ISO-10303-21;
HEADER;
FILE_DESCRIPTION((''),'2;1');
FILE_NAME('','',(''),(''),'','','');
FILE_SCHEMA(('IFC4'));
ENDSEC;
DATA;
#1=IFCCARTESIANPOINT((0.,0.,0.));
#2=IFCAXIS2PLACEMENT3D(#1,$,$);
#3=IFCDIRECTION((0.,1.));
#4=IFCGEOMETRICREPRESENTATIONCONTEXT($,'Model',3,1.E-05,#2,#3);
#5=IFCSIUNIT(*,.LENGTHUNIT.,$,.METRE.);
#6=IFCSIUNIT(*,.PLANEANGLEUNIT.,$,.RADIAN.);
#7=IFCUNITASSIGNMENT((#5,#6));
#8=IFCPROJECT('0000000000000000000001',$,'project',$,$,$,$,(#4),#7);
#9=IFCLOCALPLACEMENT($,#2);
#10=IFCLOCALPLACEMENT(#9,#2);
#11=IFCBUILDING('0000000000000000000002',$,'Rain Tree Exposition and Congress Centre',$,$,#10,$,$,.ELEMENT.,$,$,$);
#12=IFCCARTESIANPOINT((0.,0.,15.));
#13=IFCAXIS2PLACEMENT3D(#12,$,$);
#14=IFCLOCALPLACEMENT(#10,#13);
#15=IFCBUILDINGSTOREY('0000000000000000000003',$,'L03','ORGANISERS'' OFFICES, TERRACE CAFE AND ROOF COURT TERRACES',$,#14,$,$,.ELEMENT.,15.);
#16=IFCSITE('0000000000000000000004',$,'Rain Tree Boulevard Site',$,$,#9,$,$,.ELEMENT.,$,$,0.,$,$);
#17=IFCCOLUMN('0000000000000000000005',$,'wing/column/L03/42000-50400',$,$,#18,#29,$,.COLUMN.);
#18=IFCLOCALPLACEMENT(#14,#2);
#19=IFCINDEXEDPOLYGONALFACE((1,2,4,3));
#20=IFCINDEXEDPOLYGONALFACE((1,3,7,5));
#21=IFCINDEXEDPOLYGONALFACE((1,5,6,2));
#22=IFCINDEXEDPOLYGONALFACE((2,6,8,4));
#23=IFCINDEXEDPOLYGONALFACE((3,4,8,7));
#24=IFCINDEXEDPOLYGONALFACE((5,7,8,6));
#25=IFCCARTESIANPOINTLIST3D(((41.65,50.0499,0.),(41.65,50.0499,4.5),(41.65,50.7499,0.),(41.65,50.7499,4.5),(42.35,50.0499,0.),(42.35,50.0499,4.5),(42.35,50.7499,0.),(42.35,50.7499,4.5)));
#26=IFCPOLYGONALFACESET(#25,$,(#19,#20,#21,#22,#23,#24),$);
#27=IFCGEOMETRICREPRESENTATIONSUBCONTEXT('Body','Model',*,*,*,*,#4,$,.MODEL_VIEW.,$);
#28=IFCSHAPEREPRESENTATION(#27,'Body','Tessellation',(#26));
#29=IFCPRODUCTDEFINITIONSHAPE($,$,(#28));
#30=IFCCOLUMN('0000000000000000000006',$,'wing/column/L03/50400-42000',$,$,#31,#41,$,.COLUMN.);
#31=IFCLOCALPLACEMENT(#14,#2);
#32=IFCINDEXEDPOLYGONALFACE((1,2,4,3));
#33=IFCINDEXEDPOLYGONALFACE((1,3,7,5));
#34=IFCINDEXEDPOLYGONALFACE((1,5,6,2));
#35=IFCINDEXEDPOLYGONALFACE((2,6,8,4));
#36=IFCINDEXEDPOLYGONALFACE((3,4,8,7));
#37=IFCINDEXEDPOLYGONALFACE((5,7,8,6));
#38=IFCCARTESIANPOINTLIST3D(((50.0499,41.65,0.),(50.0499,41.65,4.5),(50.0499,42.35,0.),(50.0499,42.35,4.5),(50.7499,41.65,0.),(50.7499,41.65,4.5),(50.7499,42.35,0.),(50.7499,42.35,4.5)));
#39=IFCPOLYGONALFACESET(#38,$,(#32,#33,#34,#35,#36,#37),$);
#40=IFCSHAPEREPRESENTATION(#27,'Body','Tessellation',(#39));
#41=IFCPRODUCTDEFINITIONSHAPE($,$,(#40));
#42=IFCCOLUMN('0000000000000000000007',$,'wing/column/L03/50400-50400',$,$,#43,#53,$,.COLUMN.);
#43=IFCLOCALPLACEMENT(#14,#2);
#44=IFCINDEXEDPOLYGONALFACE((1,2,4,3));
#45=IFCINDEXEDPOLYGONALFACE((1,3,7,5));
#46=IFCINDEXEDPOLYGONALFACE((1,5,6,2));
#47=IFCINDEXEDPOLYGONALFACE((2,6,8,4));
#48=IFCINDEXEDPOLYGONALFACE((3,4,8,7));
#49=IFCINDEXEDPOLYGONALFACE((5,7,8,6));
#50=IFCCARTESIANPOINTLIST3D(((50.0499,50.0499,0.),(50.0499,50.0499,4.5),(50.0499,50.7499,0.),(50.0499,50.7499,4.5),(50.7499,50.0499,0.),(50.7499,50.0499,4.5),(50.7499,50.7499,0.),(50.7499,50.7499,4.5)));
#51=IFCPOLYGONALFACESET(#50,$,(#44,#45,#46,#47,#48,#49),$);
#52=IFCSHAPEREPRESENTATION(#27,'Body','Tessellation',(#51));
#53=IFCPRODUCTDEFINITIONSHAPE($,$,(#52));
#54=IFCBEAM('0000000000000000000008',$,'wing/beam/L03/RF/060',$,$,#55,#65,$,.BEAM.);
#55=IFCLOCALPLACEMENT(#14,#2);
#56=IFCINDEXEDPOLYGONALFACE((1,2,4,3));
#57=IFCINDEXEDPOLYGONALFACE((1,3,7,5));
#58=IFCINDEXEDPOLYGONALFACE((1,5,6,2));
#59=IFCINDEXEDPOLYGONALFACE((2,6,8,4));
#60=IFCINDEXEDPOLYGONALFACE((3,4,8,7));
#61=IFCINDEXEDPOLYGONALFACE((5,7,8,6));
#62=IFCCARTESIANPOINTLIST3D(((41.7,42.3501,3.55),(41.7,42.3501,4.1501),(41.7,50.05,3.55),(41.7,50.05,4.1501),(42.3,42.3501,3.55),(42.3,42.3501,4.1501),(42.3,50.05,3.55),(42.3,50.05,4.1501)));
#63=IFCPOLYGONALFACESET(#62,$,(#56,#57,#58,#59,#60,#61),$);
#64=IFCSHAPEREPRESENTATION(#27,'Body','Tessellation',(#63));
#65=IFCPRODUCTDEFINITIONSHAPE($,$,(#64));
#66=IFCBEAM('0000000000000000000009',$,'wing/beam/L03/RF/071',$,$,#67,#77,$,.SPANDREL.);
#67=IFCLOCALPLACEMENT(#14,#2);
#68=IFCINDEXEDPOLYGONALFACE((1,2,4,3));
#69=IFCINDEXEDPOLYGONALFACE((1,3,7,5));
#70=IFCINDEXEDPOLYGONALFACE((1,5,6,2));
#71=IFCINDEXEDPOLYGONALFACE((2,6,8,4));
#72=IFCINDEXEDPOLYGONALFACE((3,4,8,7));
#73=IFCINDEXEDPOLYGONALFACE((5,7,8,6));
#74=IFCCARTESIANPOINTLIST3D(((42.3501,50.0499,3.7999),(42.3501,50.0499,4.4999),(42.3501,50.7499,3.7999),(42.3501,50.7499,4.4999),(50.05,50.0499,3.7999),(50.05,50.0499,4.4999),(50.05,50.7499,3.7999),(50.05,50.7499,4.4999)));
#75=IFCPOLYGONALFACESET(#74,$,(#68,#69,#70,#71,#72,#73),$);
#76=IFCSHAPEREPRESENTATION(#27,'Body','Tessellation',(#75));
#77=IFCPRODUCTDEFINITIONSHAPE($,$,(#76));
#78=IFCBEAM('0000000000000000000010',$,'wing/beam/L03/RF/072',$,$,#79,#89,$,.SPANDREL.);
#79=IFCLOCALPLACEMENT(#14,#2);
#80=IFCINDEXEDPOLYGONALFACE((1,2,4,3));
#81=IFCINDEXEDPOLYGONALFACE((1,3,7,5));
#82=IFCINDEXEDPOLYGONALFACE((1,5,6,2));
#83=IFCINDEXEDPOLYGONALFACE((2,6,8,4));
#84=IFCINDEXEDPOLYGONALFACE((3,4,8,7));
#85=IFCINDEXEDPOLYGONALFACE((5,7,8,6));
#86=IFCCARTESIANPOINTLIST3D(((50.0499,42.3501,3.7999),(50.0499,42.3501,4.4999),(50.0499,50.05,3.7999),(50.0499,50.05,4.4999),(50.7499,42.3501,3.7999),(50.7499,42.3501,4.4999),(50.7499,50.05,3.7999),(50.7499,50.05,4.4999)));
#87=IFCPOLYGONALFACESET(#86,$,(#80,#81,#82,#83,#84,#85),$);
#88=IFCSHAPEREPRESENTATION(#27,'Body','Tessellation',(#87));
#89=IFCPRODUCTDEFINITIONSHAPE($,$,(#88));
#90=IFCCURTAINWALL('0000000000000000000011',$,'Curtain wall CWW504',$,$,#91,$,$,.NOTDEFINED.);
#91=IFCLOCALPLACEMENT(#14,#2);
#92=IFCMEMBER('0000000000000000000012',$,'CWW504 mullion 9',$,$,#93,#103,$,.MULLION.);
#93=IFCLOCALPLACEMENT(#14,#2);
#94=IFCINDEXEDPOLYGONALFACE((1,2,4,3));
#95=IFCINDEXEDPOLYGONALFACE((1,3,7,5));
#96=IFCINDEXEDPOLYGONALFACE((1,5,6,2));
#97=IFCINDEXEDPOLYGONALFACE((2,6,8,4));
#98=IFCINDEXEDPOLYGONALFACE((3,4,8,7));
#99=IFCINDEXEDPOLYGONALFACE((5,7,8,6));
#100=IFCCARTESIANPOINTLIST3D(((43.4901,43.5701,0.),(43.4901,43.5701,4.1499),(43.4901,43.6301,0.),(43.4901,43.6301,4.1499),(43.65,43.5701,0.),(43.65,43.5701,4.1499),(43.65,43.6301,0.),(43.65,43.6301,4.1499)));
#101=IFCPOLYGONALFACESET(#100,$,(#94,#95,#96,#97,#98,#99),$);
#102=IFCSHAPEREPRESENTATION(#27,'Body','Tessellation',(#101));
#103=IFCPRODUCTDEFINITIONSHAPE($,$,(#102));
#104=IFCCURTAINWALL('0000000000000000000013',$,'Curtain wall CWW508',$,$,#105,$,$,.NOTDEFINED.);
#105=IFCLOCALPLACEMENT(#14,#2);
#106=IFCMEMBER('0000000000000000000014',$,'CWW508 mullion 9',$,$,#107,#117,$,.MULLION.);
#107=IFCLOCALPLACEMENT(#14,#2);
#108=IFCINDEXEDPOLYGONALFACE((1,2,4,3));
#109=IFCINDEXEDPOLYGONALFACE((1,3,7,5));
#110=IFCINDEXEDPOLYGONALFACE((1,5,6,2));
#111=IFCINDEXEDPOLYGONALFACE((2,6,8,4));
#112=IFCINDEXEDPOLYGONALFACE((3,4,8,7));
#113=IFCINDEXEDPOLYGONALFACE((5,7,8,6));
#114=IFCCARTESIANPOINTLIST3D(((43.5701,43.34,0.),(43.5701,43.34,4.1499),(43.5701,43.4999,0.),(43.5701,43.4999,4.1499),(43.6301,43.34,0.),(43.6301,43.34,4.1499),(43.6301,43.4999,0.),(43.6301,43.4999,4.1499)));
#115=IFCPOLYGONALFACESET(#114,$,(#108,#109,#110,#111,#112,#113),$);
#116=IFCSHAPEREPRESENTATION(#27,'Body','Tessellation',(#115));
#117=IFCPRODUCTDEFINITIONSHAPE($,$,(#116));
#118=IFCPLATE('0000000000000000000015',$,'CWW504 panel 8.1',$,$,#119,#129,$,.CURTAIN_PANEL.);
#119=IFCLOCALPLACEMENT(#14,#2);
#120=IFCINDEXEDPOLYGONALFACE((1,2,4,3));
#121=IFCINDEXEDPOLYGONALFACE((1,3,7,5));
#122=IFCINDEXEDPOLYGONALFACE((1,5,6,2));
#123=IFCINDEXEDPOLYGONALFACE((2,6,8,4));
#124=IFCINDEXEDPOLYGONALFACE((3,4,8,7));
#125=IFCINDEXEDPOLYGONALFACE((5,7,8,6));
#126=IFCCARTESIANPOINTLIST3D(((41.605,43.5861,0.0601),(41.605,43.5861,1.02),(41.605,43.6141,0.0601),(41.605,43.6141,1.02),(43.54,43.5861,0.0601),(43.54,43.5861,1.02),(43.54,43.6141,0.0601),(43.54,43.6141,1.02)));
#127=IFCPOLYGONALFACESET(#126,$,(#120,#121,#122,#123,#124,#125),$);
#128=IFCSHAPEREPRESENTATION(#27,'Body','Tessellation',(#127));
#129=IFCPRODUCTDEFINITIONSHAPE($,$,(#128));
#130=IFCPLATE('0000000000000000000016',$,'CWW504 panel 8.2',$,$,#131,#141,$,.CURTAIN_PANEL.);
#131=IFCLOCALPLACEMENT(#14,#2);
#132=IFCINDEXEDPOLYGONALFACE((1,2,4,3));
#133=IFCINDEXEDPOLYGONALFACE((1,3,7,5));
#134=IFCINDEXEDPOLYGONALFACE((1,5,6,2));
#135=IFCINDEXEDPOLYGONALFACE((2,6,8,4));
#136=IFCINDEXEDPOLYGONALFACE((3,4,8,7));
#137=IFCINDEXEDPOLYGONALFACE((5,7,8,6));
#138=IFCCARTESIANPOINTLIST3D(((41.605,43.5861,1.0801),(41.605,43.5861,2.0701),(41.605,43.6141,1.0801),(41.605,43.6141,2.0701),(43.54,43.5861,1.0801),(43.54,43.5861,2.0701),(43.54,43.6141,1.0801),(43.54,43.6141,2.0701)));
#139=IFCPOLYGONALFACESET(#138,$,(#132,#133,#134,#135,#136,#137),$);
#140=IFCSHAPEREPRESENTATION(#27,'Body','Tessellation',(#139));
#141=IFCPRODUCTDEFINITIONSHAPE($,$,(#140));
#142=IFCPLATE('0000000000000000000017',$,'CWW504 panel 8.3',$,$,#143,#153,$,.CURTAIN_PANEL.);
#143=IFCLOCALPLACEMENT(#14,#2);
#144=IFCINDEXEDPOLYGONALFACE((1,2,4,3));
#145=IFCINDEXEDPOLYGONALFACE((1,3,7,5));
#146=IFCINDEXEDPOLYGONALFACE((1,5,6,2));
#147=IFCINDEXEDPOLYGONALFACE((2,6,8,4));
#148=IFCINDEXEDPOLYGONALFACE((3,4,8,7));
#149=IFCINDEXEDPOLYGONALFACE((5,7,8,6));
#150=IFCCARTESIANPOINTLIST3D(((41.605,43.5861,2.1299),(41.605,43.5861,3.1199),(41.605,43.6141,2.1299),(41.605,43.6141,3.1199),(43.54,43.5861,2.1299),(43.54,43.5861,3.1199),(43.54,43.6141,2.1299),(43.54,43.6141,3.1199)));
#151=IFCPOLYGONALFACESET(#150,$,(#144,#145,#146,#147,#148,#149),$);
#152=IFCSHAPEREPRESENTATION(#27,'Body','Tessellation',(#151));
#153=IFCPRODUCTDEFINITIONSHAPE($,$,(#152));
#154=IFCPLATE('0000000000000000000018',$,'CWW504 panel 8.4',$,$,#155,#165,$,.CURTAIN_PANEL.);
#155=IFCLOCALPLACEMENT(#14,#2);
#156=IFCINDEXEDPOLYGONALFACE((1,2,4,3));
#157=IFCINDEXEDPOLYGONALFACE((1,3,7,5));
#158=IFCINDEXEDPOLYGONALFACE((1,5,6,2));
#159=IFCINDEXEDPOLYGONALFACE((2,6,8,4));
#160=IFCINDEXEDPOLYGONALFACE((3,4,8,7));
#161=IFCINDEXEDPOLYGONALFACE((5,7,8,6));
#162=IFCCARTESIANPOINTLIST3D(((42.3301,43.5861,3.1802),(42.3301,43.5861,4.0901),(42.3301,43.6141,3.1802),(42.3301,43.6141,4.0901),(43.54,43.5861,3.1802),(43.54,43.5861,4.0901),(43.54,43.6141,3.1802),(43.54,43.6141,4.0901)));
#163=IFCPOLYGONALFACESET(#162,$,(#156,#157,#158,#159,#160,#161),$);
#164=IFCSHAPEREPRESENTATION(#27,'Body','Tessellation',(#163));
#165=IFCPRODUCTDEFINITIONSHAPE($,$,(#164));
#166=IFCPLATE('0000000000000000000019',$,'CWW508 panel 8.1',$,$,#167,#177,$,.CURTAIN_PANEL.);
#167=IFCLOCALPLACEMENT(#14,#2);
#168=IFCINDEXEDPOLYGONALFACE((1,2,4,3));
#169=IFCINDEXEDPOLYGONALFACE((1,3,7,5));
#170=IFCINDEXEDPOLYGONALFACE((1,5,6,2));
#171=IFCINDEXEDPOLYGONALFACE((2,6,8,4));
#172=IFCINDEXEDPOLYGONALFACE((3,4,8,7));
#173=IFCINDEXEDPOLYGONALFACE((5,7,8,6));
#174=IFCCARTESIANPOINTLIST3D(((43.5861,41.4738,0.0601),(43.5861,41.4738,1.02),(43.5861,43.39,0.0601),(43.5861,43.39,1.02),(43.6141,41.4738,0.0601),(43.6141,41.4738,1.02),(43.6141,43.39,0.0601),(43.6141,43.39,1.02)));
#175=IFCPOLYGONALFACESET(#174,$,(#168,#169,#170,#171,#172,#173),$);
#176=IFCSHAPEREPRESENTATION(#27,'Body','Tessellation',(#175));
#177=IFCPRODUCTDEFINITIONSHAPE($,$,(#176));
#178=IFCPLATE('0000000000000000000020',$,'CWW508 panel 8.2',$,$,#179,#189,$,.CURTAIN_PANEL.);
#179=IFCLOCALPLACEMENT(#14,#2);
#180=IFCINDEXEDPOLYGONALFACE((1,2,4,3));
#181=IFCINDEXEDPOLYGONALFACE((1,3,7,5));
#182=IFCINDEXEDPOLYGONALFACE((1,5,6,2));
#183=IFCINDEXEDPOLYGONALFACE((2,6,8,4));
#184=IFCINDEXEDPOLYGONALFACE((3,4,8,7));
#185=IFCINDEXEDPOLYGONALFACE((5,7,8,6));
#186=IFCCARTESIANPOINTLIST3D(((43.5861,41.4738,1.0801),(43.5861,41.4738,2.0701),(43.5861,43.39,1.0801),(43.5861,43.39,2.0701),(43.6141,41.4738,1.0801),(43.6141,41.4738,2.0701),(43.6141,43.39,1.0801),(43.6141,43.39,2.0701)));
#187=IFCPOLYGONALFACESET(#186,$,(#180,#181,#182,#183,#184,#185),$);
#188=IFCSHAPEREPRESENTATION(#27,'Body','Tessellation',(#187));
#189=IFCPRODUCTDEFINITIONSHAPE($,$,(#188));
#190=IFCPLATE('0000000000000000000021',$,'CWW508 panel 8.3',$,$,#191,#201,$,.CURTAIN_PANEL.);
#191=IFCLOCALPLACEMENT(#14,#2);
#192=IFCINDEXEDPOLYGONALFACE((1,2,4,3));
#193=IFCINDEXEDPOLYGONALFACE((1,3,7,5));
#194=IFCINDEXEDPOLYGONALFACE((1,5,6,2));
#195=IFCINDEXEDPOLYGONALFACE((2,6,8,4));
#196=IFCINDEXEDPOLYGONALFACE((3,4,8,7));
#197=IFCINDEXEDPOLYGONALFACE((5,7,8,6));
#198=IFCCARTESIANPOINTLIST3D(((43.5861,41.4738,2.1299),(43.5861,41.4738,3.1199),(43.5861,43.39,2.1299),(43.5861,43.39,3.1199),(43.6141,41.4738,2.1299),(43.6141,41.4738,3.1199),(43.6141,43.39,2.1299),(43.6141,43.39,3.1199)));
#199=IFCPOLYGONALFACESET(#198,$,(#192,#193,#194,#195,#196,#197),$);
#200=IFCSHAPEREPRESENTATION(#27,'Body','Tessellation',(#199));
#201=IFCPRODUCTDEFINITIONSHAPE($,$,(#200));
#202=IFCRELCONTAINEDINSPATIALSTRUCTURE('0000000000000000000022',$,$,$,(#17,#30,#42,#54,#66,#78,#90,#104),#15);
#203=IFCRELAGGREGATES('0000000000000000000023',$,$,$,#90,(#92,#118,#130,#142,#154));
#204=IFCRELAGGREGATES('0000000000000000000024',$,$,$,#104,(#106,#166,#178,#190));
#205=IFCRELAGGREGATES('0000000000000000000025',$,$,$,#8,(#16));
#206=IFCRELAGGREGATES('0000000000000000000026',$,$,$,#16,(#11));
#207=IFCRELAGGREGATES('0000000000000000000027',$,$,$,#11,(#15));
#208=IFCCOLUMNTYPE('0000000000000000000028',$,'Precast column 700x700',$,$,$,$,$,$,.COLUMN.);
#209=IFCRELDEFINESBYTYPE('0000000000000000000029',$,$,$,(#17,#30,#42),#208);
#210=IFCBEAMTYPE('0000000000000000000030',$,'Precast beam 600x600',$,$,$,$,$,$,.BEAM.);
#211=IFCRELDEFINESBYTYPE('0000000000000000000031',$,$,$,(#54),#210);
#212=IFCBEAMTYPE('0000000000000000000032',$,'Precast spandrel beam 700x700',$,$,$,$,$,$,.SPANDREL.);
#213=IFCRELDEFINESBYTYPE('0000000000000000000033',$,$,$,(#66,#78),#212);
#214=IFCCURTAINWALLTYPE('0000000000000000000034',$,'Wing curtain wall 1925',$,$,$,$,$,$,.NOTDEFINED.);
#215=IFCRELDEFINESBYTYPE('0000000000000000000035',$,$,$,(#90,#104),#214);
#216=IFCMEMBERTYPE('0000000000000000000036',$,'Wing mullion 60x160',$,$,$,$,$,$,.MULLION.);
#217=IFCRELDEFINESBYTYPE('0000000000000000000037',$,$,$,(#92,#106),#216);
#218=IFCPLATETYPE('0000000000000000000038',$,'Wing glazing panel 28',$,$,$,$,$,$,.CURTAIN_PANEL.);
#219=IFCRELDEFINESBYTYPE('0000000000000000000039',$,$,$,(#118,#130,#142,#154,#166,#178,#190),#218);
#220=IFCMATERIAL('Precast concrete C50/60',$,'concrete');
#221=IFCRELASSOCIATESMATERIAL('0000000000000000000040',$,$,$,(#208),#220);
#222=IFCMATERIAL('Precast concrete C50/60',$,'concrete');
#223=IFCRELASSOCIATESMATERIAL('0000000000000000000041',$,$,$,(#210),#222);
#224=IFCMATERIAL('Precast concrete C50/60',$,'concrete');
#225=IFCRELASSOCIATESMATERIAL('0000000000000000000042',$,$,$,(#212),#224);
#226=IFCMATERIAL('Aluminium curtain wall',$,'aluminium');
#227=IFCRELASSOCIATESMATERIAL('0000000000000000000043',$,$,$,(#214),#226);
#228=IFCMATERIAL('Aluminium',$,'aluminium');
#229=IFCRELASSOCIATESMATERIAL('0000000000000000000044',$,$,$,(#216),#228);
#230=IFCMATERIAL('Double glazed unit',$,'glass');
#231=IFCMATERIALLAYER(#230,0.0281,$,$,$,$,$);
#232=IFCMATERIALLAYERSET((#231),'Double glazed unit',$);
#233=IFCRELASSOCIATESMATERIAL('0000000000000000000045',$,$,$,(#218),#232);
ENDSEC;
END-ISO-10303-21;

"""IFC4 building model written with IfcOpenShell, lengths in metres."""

from ifc_helpers import new_model, si_unit, direction, frame, origin, origin_2d, place, context, subcontext, project, spatial, rectangle, extrude, material, layer, layer_set, material_profile, profile_set, type_object, element, aggregate, save


model = new_model("IFC4")

# Units and contexts
model_context = context("Model", 3, precision=1e-05, world=origin(), true_north=direction((0.0, 1.0)))
body_context = subcontext(model_context, "Body", "Model", "MODEL_VIEW")
ifc_project = project(units=[si_unit("LENGTHUNIT", "METRE"), si_unit("PLANEANGLEUNIT", "RADIAN")], contexts=[model_context])

# Site, building, storey
site_placement = place(None, origin())
site = spatial("IfcSite", under=ifc_project, at=site_placement, Name="Rain Tree Boulevard Site", CompositionType="ELEMENT", RefElevation=0.0)
building_placement = place(site_placement, origin())
building = spatial("IfcBuilding", under=site, at=building_placement, Name="Rain Tree Exposition and Congress Centre", CompositionType="ELEMENT")
storey_placement = place(building_placement, frame((0.0, 0.0, 15.0)))
storey = spatial("IfcBuildingStorey", under=building, at=storey_placement, Name="L03", Description="ORGANISERS' OFFICES, TERRACE CAFE AND ROOF COURT TERRACES", CompositionType="ELEMENT", Elevation=15.0)

# Columns
ifc_material_1 = material(Name="Precast concrete C50/60", Category="concrete")
ifc_material_profile_1 = material_profile(ifc_material_1, rectangle(XDim=0.7, YDim=0.7, at=origin_2d()), Name="RC 700x700")
ifc_profile_set_1 = profile_set([ifc_material_profile_1], Name="Precast concrete C50/60")
column_type = type_object("IfcColumnType", Name="Precast column 700x700", PredefinedType="COLUMN", material=ifc_profile_set_1)
for number, where, z_axis, x_axis, name in (
    (1, (42.0, 50.3999, 0.0), (0.0, 0.0, 1.0), (1.0, 0.0, 0.0), "wing/column/L03/42000-50400"),
    (2, (50.3999, 42.0, 0.0), (0.0, 0.0, 1.0), (1.0, 0.0, 0.0), "wing/column/L03/50400-42000"),
    (3, (50.3999, 50.3999, 0.0), (0.0, 0.0, 1.0), (1.0, 0.0, 0.0), "wing/column/L03/50400-50400"),
):
    element("IfcColumn", number, at=place(storey_placement, frame(where, z_axis=z_axis, x_axis=x_axis)), inside=storey, type_object=column_type, Name=name, PredefinedType="COLUMN", context=body_context, shape_type="SweptSolid", body=[
        extrude(rectangle(XDim=0.7, YDim=0.7, at=origin_2d()), origin(), (0.0, 0.0, 1.0), 4.5),
    ])

# Beams
ifc_material_2 = material(Name="Precast concrete C50/60", Category="concrete")
ifc_material_profile_2 = material_profile(ifc_material_2, rectangle(XDim=0.6001, YDim=0.6001, at=origin_2d()), Name="RC 600x600")
ifc_profile_set_2 = profile_set([ifc_material_profile_2], Name="Precast concrete C50/60")
beam_type_1 = type_object("IfcBeamType", Name="Precast beam 600x600", PredefinedType="BEAM", material=ifc_profile_set_2)
beam_placement = place(storey_placement, frame((42.0, 42.3501, 3.8501), z_axis=(0.0, 1.0, 0.0), x_axis=(-1.0, 0.0, 0.0)))
element("IfcBeam", 4, at=beam_placement, inside=storey, type_object=beam_type_1, Name="wing/beam/L03/RF/060", PredefinedType="BEAM", context=body_context, shape_type="SweptSolid", body=[
    extrude(rectangle(XDim=0.6001, YDim=0.6001, at=origin_2d()), origin(), (0.0, 0.0, 1.0), 7.7),
])
ifc_material_3 = material(Name="Precast concrete C50/60", Category="concrete")
ifc_material_profile_3 = material_profile(ifc_material_3, rectangle(XDim=0.7, YDim=0.7, at=origin_2d()), Name="RC 700x700")
ifc_profile_set_3 = profile_set([ifc_material_profile_3], Name="Precast concrete C50/60")
beam_type_2 = type_object("IfcBeamType", Name="Precast spandrel beam 700x700", PredefinedType="SPANDREL", material=ifc_profile_set_3)
for number, where, z_axis, x_axis, name in (
    (5, (42.3501, 50.3999, 4.1499), (1.0, 0.0, 0.0), (0.0, 1.0, 0.0), "wing/beam/L03/RF/071"),
    (6, (50.3999, 42.3501, 4.1499), (0.0, 1.0, 0.0), (-1.0, 0.0, 0.0), "wing/beam/L03/RF/072"),
):
    element("IfcBeam", number, at=place(storey_placement, frame(where, z_axis=z_axis, x_axis=x_axis)), inside=storey, type_object=beam_type_2, Name=name, PredefinedType="SPANDREL", context=body_context, shape_type="SweptSolid", body=[
        extrude(rectangle(XDim=0.7, YDim=0.7, at=origin_2d()), origin(), (0.0, 0.0, 1.0), 7.7),
    ])

# Curtain walls, members
ifc_material_4 = material(Name="Aluminium curtain wall", Category="aluminium")
curtain_wall_type = type_object("IfcCurtainWallType", Name="Wing curtain wall 1925", PredefinedType="NOTDEFINED", material=ifc_material_4)
curtain_wall_1_placement = place(storey_placement, origin())
curtain_wall_1 = element("IfcCurtainWall", 7, at=curtain_wall_1_placement, inside=storey, type_object=curtain_wall_type, Name="Curtain wall CWW504", PredefinedType="NOTDEFINED")
ifc_material_5 = material(Name="Aluminium", Category="aluminium")
ifc_material_profile_4 = material_profile(ifc_material_5, rectangle(XDim=0.0601, YDim=0.1599, at=origin_2d()), Name="Aluminium 60x160")
ifc_profile_set_4 = profile_set([ifc_material_profile_4], Name="Aluminium")
member_type = type_object("IfcMemberType", Name="Wing mullion 60x160", PredefinedType="MULLION", material=ifc_profile_set_4)
member_1_placement = place(storey_placement, frame((43.5701, 43.6001, 0.0), z_axis=(0.0, 0.0, 1.0), x_axis=(0.0, 1.0, 0.0)))
member_1 = element("IfcMember", 8, at=member_1_placement, type_object=member_type, Name="CWW504 mullion 9", PredefinedType="MULLION", context=body_context, shape_type="SweptSolid", body=[
    extrude(rectangle(XDim=0.0601, YDim=0.1599, at=origin_2d()), origin(), (0.0, 0.0, 1.0), 4.1499),
])
curtain_wall_2_placement = place(storey_placement, origin())
curtain_wall_2 = element("IfcCurtainWall", 9, at=curtain_wall_2_placement, inside=storey, type_object=curtain_wall_type, Name="Curtain wall CWW508", PredefinedType="NOTDEFINED")
member_2_placement = place(storey_placement, frame((43.6001, 43.4199, 0.0), z_axis=(0.0, 0.0, 1.0), x_axis=(-1.0, 0.0, 0.0)))
member_2 = element("IfcMember", 10, at=member_2_placement, type_object=member_type, Name="CWW508 mullion 9", PredefinedType="MULLION", context=body_context, shape_type="SweptSolid", body=[
    extrude(rectangle(XDim=0.0601, YDim=0.1599, at=origin_2d()), origin(), (0.0, 0.0, 1.0), 4.1499),
])

# Plates
ifc_material_6 = material(Name="Double glazed unit", Category="glass")
ifc_layer_1 = layer(ifc_material_6, 0.0281)
ifc_layer_set_1 = layer_set([ifc_layer_1], Name="Double glazed unit")
plate_type = type_object("IfcPlateType", Name="Wing glazing panel 28", PredefinedType="CURTAIN_PANEL", material=ifc_layer_set_1)
plate_1_placement = place(storey_placement, frame((42.5725, 43.6001, 0.0601), z_axis=(0.0, 0.0, 1.0), x_axis=(1.0, 0.0, 0.0)))
plate_1 = element("IfcPlate", 11, at=plate_1_placement, type_object=plate_type, Name="CWW504 panel 8.1", PredefinedType="CURTAIN_PANEL", context=body_context, shape_type="SweptSolid", body=[
    extrude(rectangle(XDim=1.9351, YDim=0.0281, at=origin_2d()), origin(), (0.0, 0.0, 1.0), 0.96),
])
plate_2_placement = place(storey_placement, frame((42.5725, 43.6001, 1.0801), z_axis=(0.0, 0.0, 1.0), x_axis=(1.0, 0.0, 0.0)))
plate_2 = element("IfcPlate", 12, at=plate_2_placement, type_object=plate_type, Name="CWW504 panel 8.2", PredefinedType="CURTAIN_PANEL", context=body_context, shape_type="SweptSolid", body=[
    extrude(rectangle(XDim=1.9351, YDim=0.0281, at=origin_2d()), origin(), (0.0, 0.0, 1.0), 0.99),
])
plate_3_placement = place(storey_placement, frame((42.5725, 43.6001, 2.1299), z_axis=(0.0, 0.0, 1.0), x_axis=(1.0, 0.0, 0.0)))
plate_3 = element("IfcPlate", 13, at=plate_3_placement, type_object=plate_type, Name="CWW504 panel 8.3", PredefinedType="CURTAIN_PANEL", context=body_context, shape_type="SweptSolid", body=[
    extrude(rectangle(XDim=1.9351, YDim=0.0281, at=origin_2d()), origin(), (0.0, 0.0, 1.0), 0.99),
])
plate_4_placement = place(storey_placement, frame((42.9351, 43.6001, 3.1802), z_axis=(0.0, 0.0, 1.0), x_axis=(1.0, 0.0, 0.0)))
plate_4 = element("IfcPlate", 14, at=plate_4_placement, type_object=plate_type, Name="CWW504 panel 8.4", PredefinedType="CURTAIN_PANEL", context=body_context, shape_type="SweptSolid", body=[
    extrude(rectangle(XDim=1.21, YDim=0.0281, at=origin_2d()), origin(), (0.0, 0.0, 1.0), 0.9099),
])
aggregate(curtain_wall_1, [member_1, plate_1, plate_2, plate_3, plate_4])
plate_5_placement = place(storey_placement, frame((43.6001, 42.4319, 0.0601), z_axis=(0.0, 0.0, 1.0), x_axis=(0.0, 1.0, 0.0)))
plate_5 = element("IfcPlate", 15, at=plate_5_placement, type_object=plate_type, Name="CWW508 panel 8.1", PredefinedType="CURTAIN_PANEL", context=body_context, shape_type="SweptSolid", body=[
    extrude(rectangle(XDim=1.9163, YDim=0.0281, at=origin_2d()), origin(), (0.0, 0.0, 1.0), 0.96),
])
plate_6_placement = place(storey_placement, frame((43.6001, 42.4319, 1.0801), z_axis=(0.0, 0.0, 1.0), x_axis=(0.0, 1.0, 0.0)))
plate_6 = element("IfcPlate", 16, at=plate_6_placement, type_object=plate_type, Name="CWW508 panel 8.2", PredefinedType="CURTAIN_PANEL", context=body_context, shape_type="SweptSolid", body=[
    extrude(rectangle(XDim=1.9163, YDim=0.0281, at=origin_2d()), origin(), (0.0, 0.0, 1.0), 0.99),
])
plate_7_placement = place(storey_placement, frame((43.6001, 42.4319, 2.1299), z_axis=(0.0, 0.0, 1.0), x_axis=(0.0, 1.0, 0.0)))
plate_7 = element("IfcPlate", 17, at=plate_7_placement, type_object=plate_type, Name="CWW508 panel 8.3", PredefinedType="CURTAIN_PANEL", context=body_context, shape_type="SweptSolid", body=[
    extrude(rectangle(XDim=1.9163, YDim=0.0281, at=origin_2d()), origin(), (0.0, 0.0, 1.0), 0.99),
])
aggregate(curtain_wall_2, [member_2, plate_5, plate_6, plate_7])

save(model, "model.ifc")
